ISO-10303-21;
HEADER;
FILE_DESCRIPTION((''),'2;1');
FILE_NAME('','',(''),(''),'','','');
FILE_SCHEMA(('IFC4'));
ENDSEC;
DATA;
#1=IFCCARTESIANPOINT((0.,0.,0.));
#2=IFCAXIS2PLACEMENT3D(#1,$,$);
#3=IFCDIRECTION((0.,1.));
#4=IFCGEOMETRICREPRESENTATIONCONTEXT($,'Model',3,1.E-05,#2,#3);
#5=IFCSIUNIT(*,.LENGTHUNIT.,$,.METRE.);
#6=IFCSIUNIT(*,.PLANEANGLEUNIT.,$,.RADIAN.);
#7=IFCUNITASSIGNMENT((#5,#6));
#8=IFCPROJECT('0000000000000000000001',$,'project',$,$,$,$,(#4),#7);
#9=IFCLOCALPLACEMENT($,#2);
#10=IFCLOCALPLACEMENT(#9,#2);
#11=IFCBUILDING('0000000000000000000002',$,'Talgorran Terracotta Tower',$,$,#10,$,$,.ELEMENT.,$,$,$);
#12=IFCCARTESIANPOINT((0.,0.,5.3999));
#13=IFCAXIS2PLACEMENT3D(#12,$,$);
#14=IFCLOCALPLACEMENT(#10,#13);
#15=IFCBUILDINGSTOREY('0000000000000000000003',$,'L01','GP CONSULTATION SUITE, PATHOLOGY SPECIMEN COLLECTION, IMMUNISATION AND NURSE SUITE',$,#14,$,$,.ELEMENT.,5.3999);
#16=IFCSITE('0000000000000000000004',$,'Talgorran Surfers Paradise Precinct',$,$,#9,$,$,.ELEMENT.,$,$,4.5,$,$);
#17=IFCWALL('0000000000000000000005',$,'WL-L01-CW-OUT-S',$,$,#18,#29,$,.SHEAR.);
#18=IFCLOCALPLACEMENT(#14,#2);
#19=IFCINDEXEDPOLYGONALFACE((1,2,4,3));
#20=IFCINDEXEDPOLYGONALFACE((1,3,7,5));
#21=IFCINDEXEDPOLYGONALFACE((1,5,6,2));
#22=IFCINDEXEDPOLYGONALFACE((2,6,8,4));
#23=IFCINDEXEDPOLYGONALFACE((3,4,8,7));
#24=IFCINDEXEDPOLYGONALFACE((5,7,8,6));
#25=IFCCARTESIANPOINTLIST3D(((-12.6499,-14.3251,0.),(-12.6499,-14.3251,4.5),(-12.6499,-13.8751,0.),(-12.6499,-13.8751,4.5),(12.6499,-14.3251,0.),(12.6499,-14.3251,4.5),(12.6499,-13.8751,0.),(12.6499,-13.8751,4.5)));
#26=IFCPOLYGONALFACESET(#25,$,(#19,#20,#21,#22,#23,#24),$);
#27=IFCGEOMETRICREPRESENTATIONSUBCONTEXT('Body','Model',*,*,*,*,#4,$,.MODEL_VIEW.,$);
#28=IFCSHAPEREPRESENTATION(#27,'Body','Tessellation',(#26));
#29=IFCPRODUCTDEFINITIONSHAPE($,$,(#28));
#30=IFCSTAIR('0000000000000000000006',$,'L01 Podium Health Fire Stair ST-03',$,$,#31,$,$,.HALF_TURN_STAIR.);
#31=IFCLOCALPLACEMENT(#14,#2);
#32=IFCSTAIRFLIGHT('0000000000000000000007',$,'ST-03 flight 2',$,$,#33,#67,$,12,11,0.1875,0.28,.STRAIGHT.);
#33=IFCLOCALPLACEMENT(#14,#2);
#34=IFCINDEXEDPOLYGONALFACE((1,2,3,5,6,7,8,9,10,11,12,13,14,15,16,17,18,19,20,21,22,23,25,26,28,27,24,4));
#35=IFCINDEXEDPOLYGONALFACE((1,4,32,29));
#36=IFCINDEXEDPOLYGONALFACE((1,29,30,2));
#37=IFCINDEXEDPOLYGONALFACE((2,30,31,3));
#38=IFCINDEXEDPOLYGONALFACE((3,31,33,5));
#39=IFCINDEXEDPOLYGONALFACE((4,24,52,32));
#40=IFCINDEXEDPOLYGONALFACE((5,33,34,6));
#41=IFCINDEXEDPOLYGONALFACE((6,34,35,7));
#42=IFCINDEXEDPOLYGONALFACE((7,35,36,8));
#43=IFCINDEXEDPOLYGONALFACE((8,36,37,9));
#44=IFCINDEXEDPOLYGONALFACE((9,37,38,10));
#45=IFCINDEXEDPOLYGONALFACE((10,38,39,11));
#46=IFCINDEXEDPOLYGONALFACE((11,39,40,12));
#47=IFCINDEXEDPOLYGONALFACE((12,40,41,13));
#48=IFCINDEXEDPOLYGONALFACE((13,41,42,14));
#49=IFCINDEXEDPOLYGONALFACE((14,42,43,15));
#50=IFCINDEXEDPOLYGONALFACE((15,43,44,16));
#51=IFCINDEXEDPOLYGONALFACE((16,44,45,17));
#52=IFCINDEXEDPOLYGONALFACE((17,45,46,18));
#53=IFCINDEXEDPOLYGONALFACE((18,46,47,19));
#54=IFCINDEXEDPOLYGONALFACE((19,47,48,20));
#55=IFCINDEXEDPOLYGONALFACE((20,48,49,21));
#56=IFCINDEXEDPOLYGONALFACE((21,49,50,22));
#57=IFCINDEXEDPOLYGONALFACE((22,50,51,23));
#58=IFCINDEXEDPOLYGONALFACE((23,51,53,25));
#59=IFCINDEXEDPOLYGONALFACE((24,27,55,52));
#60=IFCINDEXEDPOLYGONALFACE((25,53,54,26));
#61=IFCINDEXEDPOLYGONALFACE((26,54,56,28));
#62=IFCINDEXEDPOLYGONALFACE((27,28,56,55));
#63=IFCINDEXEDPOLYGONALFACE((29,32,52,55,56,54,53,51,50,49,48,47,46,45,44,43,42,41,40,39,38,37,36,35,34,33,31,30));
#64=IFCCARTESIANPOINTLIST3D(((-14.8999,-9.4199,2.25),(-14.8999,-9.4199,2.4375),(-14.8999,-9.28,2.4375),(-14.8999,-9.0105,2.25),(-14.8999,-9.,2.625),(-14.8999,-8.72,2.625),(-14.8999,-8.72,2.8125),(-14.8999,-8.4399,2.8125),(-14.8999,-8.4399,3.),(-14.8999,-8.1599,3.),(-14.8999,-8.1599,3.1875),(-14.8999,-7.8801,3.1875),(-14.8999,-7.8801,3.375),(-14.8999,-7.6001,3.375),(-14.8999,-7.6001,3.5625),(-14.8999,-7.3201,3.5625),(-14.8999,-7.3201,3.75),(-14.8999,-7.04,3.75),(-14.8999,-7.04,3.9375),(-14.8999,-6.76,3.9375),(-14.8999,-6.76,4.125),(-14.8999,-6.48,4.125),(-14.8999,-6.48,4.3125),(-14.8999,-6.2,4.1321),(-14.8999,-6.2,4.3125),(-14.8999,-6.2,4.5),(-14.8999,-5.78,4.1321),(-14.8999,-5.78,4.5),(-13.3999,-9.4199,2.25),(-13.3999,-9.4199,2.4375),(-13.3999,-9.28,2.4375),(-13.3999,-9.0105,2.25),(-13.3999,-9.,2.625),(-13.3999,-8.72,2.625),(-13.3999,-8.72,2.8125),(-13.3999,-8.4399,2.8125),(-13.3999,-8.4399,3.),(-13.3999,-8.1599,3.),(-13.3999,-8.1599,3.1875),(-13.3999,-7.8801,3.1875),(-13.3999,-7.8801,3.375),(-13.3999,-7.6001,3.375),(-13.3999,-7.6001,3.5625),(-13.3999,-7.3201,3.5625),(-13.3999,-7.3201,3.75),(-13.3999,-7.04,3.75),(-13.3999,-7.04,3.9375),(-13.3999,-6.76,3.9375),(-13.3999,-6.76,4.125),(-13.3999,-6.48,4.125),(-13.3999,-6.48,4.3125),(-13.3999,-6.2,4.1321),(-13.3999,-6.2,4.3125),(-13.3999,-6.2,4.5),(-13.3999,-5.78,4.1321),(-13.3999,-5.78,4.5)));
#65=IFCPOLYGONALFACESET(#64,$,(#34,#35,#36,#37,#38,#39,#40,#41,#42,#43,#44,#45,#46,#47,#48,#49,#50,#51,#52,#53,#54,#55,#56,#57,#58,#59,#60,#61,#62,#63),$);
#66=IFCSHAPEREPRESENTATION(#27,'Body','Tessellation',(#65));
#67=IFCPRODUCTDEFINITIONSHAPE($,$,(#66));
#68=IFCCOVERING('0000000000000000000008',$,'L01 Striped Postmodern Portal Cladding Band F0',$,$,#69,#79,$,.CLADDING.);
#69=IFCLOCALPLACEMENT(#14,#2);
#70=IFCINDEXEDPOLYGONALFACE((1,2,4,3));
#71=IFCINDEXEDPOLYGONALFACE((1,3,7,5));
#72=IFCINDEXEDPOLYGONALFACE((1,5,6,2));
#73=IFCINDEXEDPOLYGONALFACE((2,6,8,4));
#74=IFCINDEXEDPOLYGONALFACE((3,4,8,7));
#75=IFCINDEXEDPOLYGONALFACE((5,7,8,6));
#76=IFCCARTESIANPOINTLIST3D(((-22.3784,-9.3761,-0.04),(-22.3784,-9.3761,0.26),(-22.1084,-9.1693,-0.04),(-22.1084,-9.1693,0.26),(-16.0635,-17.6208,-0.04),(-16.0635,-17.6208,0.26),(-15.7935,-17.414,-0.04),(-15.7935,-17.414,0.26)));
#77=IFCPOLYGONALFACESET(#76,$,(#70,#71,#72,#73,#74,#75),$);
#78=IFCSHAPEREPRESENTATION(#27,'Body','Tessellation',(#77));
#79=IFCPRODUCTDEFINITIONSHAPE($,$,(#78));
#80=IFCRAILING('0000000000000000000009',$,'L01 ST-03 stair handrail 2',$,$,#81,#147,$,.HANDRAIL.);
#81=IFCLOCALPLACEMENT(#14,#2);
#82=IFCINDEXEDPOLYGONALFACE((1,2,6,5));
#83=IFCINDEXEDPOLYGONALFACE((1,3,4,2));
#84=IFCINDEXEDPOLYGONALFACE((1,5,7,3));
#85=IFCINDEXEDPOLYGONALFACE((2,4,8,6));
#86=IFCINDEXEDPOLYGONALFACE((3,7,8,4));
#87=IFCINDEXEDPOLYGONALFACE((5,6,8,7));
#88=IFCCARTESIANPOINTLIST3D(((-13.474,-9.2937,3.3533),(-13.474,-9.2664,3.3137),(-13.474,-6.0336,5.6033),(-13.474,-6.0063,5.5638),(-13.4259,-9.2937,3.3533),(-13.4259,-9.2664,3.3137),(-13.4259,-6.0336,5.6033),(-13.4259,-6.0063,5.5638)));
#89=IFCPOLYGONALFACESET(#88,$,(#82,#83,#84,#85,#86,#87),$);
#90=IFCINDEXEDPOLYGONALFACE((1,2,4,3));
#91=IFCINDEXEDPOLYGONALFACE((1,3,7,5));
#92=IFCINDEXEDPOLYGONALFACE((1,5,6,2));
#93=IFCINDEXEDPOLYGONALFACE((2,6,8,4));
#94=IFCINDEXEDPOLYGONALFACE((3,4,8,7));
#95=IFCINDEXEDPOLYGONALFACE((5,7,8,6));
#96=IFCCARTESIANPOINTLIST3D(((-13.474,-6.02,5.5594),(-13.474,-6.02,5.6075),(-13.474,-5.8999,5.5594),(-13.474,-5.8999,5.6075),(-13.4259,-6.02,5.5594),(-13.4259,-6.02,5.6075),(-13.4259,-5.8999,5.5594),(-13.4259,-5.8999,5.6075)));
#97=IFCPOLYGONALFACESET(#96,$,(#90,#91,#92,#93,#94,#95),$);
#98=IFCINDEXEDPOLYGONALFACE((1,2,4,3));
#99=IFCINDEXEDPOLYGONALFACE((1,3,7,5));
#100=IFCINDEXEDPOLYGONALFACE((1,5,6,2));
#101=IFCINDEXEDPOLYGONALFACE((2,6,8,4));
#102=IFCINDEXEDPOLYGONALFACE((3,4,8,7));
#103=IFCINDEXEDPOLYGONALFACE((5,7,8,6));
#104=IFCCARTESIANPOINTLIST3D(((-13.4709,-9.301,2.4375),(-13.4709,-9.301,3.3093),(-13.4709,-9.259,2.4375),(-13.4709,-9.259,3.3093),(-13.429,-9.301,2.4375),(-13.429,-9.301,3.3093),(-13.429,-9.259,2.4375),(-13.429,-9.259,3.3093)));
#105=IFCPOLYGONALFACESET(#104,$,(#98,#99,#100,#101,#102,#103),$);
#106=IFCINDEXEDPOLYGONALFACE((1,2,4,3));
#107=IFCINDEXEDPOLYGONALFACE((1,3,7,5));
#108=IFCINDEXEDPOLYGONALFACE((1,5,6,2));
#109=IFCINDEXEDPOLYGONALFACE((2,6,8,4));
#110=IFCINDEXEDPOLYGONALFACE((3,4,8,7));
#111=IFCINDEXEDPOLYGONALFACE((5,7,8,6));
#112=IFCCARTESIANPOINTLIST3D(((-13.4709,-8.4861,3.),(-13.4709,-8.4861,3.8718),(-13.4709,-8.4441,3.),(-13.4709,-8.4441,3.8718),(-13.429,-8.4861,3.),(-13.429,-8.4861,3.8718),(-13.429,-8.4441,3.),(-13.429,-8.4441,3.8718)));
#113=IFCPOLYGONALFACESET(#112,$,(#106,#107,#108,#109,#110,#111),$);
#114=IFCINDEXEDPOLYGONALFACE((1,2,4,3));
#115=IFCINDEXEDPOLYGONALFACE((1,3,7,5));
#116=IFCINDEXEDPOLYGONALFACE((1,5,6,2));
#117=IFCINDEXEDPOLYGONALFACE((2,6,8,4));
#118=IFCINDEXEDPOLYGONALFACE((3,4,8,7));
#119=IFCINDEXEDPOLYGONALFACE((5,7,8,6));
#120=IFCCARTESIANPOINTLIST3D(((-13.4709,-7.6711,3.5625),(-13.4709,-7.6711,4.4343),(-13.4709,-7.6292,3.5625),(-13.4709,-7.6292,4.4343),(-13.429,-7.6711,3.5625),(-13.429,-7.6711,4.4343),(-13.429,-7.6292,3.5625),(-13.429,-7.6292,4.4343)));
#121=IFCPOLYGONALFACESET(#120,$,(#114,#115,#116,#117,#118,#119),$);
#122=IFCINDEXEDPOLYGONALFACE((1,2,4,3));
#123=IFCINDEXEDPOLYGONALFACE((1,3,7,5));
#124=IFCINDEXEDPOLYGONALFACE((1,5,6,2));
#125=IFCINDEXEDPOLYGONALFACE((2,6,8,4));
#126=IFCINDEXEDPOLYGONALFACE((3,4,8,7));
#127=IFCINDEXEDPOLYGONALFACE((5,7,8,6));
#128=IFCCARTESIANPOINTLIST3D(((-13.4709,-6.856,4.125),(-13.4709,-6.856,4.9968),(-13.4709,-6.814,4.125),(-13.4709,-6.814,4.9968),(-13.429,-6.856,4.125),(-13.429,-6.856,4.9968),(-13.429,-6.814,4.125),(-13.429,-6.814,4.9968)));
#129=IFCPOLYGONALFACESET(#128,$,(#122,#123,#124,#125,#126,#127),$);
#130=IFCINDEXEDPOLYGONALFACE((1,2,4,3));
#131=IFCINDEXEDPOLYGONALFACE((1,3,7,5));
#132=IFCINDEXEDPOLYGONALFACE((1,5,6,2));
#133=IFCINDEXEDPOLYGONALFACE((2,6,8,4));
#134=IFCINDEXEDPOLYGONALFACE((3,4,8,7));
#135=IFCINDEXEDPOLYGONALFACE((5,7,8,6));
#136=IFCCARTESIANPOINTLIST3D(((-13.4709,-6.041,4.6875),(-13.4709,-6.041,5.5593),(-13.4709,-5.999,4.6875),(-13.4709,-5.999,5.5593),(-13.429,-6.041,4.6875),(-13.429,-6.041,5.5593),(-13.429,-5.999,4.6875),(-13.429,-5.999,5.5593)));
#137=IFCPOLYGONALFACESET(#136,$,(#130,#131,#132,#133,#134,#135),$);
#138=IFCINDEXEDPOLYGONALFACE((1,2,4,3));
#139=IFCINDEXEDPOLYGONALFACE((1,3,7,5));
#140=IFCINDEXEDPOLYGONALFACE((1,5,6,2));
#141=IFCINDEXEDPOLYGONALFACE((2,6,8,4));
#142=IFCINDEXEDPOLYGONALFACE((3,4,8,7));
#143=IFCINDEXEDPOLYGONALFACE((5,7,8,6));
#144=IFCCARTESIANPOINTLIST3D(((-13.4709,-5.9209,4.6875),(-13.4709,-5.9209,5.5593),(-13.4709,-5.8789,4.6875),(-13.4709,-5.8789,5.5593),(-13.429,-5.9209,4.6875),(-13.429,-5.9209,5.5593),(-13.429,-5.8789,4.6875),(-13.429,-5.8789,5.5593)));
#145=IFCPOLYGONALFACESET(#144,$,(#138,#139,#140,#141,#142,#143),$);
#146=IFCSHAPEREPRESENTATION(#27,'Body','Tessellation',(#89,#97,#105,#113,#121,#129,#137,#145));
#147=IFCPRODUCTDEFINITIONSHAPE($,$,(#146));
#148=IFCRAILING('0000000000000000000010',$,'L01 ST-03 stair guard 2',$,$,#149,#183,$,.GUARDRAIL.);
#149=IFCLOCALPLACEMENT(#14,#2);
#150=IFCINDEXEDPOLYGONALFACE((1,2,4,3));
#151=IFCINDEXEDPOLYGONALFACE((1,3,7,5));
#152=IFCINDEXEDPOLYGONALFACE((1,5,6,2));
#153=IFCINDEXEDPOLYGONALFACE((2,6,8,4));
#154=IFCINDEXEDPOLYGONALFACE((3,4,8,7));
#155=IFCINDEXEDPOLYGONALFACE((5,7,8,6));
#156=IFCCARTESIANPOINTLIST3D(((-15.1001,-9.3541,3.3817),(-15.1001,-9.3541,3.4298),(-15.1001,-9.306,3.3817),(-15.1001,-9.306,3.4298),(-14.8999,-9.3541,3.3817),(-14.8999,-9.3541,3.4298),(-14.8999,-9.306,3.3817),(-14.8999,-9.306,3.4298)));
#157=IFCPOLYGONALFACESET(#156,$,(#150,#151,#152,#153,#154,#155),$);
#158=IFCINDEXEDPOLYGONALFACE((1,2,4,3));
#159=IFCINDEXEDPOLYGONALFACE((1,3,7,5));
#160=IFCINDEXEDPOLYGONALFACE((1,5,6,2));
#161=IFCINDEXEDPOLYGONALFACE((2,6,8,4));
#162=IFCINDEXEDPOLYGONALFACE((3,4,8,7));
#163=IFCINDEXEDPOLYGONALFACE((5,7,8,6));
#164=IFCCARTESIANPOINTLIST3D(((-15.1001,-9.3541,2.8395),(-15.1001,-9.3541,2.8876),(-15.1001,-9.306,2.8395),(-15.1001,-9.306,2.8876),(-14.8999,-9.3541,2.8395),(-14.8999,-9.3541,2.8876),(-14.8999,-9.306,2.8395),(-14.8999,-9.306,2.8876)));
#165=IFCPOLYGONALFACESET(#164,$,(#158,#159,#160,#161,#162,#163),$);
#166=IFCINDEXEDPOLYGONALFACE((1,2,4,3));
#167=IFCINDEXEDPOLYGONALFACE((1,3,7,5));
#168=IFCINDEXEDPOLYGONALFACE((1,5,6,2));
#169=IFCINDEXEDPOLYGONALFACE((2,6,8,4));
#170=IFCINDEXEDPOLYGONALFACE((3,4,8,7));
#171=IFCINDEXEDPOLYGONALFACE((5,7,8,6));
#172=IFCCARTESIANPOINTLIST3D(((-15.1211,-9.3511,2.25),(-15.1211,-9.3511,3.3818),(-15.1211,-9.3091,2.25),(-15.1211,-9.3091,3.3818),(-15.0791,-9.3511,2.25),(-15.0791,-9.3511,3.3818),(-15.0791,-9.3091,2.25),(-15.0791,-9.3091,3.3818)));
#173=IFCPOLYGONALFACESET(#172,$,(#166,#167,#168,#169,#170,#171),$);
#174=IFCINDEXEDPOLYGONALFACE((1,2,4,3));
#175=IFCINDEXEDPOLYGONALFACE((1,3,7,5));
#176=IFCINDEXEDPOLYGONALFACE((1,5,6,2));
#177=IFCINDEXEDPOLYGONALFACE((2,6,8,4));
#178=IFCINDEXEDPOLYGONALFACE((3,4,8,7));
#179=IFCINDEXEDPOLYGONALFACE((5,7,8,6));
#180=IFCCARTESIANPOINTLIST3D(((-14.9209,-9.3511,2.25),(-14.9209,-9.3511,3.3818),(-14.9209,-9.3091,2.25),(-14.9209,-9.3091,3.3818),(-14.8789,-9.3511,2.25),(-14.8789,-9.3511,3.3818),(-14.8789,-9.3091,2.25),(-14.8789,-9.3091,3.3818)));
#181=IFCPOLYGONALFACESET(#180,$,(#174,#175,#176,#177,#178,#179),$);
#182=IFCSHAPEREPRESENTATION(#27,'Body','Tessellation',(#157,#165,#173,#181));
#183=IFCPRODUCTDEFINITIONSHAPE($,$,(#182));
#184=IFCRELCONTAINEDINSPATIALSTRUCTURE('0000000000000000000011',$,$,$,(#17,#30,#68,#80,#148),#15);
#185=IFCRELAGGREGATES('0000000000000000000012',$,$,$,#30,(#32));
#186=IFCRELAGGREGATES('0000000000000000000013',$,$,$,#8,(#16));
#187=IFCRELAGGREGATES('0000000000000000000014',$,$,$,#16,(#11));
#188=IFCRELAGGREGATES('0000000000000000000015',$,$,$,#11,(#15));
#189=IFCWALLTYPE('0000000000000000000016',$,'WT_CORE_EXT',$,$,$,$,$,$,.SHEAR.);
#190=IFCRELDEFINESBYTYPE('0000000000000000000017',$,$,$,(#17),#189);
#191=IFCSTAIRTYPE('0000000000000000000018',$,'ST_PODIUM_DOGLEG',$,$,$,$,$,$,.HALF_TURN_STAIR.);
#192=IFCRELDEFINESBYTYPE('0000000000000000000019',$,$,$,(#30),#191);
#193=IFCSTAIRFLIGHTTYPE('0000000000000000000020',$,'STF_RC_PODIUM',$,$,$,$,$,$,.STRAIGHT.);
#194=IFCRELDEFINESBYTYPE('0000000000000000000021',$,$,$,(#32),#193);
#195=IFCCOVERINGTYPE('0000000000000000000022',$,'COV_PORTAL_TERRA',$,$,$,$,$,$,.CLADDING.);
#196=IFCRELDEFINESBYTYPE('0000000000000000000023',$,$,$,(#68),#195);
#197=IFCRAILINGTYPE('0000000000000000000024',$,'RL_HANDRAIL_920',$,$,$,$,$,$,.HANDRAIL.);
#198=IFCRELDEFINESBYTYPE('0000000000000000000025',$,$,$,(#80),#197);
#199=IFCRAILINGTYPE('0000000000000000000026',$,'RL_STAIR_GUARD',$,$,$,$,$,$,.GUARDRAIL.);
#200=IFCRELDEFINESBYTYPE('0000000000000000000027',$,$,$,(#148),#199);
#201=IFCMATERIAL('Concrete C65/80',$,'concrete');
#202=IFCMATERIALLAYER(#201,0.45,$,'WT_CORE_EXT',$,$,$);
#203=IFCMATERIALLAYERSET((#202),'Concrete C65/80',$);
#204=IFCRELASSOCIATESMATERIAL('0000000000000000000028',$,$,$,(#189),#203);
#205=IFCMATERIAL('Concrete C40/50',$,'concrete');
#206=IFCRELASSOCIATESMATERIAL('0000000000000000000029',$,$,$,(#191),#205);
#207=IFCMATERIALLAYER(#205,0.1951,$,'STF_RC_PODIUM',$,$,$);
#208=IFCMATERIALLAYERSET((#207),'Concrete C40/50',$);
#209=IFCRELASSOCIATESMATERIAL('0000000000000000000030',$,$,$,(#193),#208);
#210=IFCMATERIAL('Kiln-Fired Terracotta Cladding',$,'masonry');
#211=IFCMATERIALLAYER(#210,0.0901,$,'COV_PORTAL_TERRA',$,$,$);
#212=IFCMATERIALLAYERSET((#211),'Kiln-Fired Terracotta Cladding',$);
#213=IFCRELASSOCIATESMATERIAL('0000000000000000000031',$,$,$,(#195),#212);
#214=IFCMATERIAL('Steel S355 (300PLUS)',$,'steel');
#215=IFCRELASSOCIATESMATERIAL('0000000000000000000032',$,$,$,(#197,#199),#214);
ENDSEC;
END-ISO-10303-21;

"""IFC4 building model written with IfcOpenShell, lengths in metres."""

from ifc_helpers import new_model, si_unit, direction, frame, frame_2d, origin, origin_2d, place, context, subcontext, project, spatial, polyline, rectangle, outline, extrude, material, layer, layer_set, type_object, element, aggregate, save


model = new_model("IFC4")

# Units and contexts
model_context = context("Model", 3, precision=1e-05, world=origin(), true_north=direction((0.0, 1.0)))
body_context = subcontext(model_context, "Body", "Model", "MODEL_VIEW")
ifc_project = project(units=[si_unit("LENGTHUNIT", "METRE"), si_unit("PLANEANGLEUNIT", "RADIAN")], contexts=[model_context])

# Site, building, storey
site_placement = place(None, origin())
site = spatial("IfcSite", under=ifc_project, at=site_placement, Name="Talgorran Surfers Paradise Precinct", CompositionType="ELEMENT", RefElevation=4.5)
building_placement = place(site_placement, origin())
building = spatial("IfcBuilding", under=site, at=building_placement, Name="Talgorran Terracotta Tower", CompositionType="ELEMENT")
storey_placement = place(building_placement, frame((0.0, 0.0, 5.3999)))
storey = spatial("IfcBuildingStorey", under=building, at=storey_placement, Name="L01", Description="GP CONSULTATION SUITE, PATHOLOGY SPECIMEN COLLECTION, IMMUNISATION AND NURSE SUITE", CompositionType="ELEMENT", Elevation=5.3999)

# Shared definitions
ifc_material_1 = material(Name="Steel S355 (300PLUS)", Category="steel")

# Wall
ifc_material_2 = material(Name="Concrete C65/80", Category="concrete")
ifc_layer_1 = layer(ifc_material_2, 0.45, Name="WT_CORE_EXT")
ifc_layer_set_1 = layer_set([ifc_layer_1], Name="Concrete C65/80")
wall_type_1 = type_object("IfcWallType", Name="WT_CORE_EXT", PredefinedType="SHEAR", material=ifc_layer_set_1)
wall_1_placement = place(storey_placement, frame((-12.6499, -14.1001, 0.0), z_axis=(0.0, 0.0, 1.0), x_axis=(1.0, 0.0, 0.0)))
element("IfcWall", 1, at=wall_1_placement, inside=storey, type_object=wall_type_1, Name="WL-L01-CW-OUT-S", PredefinedType="SHEAR", context=body_context, shape_type="SweptSolid", body=[
    extrude(rectangle(XDim=25.2998, YDim=0.45, at=frame_2d((12.6499, 0.0))), origin(), (0.0, 0.0, 1.0), 4.5),
])

# Stair, stair flight
ifc_material_3 = material(Name="Concrete C40/50", Category="concrete")
stair_type = type_object("IfcStairType", Name="ST_PODIUM_DOGLEG", PredefinedType="HALF_TURN_STAIR", material=ifc_material_3)
stair_placement = place(storey_placement, origin())
stair = element("IfcStair", 2, at=stair_placement, inside=storey, type_object=stair_type, Name="L01 Podium Health Fire Stair ST-03", PredefinedType="HALF_TURN_STAIR")
ifc_layer_2 = layer(ifc_material_3, 0.1951, Name="STF_RC_PODIUM")
ifc_layer_set_2 = layer_set([ifc_layer_2], Name="Concrete C40/50")
stair_flight_type = type_object("IfcStairFlightType", Name="STF_RC_PODIUM", PredefinedType="STRAIGHT", material=ifc_layer_set_2)
stair_flight_placement = place(storey_placement, frame((-14.1499, -9.28, 2.25), z_axis=(0.0, 0.0, 1.0), x_axis=(0.0, 1.0, 0.0)))
stair_flight = element("IfcStairFlight", 3, at=stair_flight_placement, type_object=stair_flight_type, Name="ST-03 flight 2", NumberOfRisers=12, NumberOfTreads=11, PredefinedType="STRAIGHT", RiserHeight=0.1875, TreadLength=0.28, context=body_context, shape_type="SweptSolid", body=[
    extrude(outline(polyline([(-0.1399, 0.0), (-0.1399, 0.1875), (0.0, 0.1875), (0.28, 0.375), (0.5601, 0.375), (0.5601, 0.5625), (0.8401, 0.5625), (0.8401, 0.75), (1.1201, 0.75), (1.1201, 0.9375), (1.3999, 0.9375), (1.3999, 1.125), (1.6799, 1.125), (1.6799, 1.3125), (1.96, 1.3125), (1.96, 1.5), (2.24, 1.5), (2.24, 1.6875), (2.52, 1.6875), (2.52, 1.875), (2.8, 1.875), (2.8, 2.0625), (3.0801, 2.0625), (3.0801, 2.25), (3.5, 2.25), (3.5, 1.8821), (3.0801, 1.8821), (0.2695, 0.0), (-0.1399, 0.0)])), frame((0.0, 0.75, 0.0), z_axis=(0.0, -1.0, 0.0), x_axis=(1.0, 0.0, 0.0)), (0.0, 0.0, 1.0), 1.5),
])
aggregate(stair, [stair_flight])

# Covering
ifc_material_4 = material(Name="Kiln-Fired Terracotta Cladding", Category="masonry")
ifc_layer_3 = layer(ifc_material_4, 0.0901, Name="COV_PORTAL_TERRA")
ifc_layer_set_3 = layer_set([ifc_layer_3], Name="Kiln-Fired Terracotta Cladding")
covering_type = type_object("IfcCoveringType", Name="COV_PORTAL_TERRA", PredefinedType="CLADDING", material=ifc_layer_set_3)
covering_placement = place(storey_placement, frame((-19.0859, -13.395, -0.04), z_axis=(0.0, 0.0, 1.0), x_axis=(0.608069, -0.793884, 0.0)))
element("IfcCovering", 4, at=covering_placement, inside=storey, type_object=covering_type, Name="L01 Striped Postmodern Portal Cladding Band F0", PredefinedType="CLADDING", context=body_context, shape_type="SweptSolid", body=[
    extrude(rectangle(XDim=10.3853, YDim=0.3401, at=origin_2d()), origin(), (0.0, 0.0, 1.0), 0.3),
])

# Railings
railing_type_1 = type_object("IfcRailingType", Name="RL_HANDRAIL_920", PredefinedType="HANDRAIL", material=ifc_material_1)
railing_1_placement = place(storey_placement, frame((-13.45, -9.28, 2.4375)))
element("IfcRailing", 5, at=railing_1_placement, inside=storey, type_object=railing_type_1, Name="L01 ST-03 stair handrail 2", PredefinedType="HANDRAIL", context=body_context, shape_type="SweptSolid", body=[
    extrude(rectangle(XDim=0.0481, YDim=0.0481, at=origin_2d()), frame((0.0, 0.0, 0.896), z_axis=(0.0, 0.82301, 0.568027), x_axis=(-1.0, 0.0, 0.0)), (0.0, 0.0, 1.0), 3.9612),
    extrude(rectangle(XDim=0.0481, YDim=0.0481, at=origin_2d()), frame((0.0, 3.26, 3.146), z_axis=(0.0, 1.0, 0.0), x_axis=(-1.0, 0.0, 0.0)), (0.0, 0.0, 1.0), 0.1201),
    extrude(rectangle(XDim=0.042, YDim=0.042, at=origin_2d()), origin(), (0.0, 0.0, 1.0), 0.8718),
    extrude(rectangle(XDim=0.042, YDim=0.042, at=origin_2d()), frame((0.0, 0.8149, 0.5625)), (0.0, 0.0, 1.0), 0.8718),
    extrude(rectangle(XDim=0.042, YDim=0.042, at=origin_2d()), frame((0.0, 1.6299, 1.125)), (0.0, 0.0, 1.0), 0.8718),
    extrude(rectangle(XDim=0.042, YDim=0.042, at=origin_2d()), frame((0.0, 2.4451, 1.6875)), (0.0, 0.0, 1.0), 0.8718),
    extrude(rectangle(XDim=0.042, YDim=0.042, at=origin_2d()), frame((0.0, 3.26, 2.25)), (0.0, 0.0, 1.0), 0.8718),
    extrude(rectangle(XDim=0.042, YDim=0.042, at=origin_2d()), frame((0.0, 3.3801, 2.25)), (0.0, 0.0, 1.0), 0.8718),
])
railing_type_2 = type_object("IfcRailingType", Name="RL_STAIR_GUARD", PredefinedType="GUARDRAIL", material=ifc_material_1)
railing_2_placement = place(storey_placement, frame((-15.1001, -9.3301, 2.25)))
element("IfcRailing", 6, at=railing_2_placement, inside=storey, type_object=railing_type_2, Name="L01 ST-03 stair guard 2", PredefinedType="GUARDRAIL", context=body_context, shape_type="SweptSolid", body=[
    extrude(rectangle(XDim=0.0481, YDim=0.0481, at=origin_2d()), frame((0.0, 0.0, 1.1558), z_axis=(1.0, 0.0, 0.0), x_axis=(0.0, 1.0, 0.0)), (0.0, 0.0, 1.0), 0.2002),
    extrude(rectangle(XDim=0.0481, YDim=0.0481, at=origin_2d()), frame((0.0, 0.0, 0.6135), z_axis=(1.0, 0.0, 0.0), x_axis=(0.0, 1.0, 0.0)), (0.0, 0.0, 1.0), 0.2002),
    extrude(rectangle(XDim=0.042, YDim=0.042, at=origin_2d()), origin(), (0.0, 0.0, 1.0), 1.1318),
    extrude(rectangle(XDim=0.042, YDim=0.042, at=origin_2d()), frame((0.2002, 0.0, 0.0)), (0.0, 0.0, 1.0), 1.1318),
])

save(model, "model.ifc")
